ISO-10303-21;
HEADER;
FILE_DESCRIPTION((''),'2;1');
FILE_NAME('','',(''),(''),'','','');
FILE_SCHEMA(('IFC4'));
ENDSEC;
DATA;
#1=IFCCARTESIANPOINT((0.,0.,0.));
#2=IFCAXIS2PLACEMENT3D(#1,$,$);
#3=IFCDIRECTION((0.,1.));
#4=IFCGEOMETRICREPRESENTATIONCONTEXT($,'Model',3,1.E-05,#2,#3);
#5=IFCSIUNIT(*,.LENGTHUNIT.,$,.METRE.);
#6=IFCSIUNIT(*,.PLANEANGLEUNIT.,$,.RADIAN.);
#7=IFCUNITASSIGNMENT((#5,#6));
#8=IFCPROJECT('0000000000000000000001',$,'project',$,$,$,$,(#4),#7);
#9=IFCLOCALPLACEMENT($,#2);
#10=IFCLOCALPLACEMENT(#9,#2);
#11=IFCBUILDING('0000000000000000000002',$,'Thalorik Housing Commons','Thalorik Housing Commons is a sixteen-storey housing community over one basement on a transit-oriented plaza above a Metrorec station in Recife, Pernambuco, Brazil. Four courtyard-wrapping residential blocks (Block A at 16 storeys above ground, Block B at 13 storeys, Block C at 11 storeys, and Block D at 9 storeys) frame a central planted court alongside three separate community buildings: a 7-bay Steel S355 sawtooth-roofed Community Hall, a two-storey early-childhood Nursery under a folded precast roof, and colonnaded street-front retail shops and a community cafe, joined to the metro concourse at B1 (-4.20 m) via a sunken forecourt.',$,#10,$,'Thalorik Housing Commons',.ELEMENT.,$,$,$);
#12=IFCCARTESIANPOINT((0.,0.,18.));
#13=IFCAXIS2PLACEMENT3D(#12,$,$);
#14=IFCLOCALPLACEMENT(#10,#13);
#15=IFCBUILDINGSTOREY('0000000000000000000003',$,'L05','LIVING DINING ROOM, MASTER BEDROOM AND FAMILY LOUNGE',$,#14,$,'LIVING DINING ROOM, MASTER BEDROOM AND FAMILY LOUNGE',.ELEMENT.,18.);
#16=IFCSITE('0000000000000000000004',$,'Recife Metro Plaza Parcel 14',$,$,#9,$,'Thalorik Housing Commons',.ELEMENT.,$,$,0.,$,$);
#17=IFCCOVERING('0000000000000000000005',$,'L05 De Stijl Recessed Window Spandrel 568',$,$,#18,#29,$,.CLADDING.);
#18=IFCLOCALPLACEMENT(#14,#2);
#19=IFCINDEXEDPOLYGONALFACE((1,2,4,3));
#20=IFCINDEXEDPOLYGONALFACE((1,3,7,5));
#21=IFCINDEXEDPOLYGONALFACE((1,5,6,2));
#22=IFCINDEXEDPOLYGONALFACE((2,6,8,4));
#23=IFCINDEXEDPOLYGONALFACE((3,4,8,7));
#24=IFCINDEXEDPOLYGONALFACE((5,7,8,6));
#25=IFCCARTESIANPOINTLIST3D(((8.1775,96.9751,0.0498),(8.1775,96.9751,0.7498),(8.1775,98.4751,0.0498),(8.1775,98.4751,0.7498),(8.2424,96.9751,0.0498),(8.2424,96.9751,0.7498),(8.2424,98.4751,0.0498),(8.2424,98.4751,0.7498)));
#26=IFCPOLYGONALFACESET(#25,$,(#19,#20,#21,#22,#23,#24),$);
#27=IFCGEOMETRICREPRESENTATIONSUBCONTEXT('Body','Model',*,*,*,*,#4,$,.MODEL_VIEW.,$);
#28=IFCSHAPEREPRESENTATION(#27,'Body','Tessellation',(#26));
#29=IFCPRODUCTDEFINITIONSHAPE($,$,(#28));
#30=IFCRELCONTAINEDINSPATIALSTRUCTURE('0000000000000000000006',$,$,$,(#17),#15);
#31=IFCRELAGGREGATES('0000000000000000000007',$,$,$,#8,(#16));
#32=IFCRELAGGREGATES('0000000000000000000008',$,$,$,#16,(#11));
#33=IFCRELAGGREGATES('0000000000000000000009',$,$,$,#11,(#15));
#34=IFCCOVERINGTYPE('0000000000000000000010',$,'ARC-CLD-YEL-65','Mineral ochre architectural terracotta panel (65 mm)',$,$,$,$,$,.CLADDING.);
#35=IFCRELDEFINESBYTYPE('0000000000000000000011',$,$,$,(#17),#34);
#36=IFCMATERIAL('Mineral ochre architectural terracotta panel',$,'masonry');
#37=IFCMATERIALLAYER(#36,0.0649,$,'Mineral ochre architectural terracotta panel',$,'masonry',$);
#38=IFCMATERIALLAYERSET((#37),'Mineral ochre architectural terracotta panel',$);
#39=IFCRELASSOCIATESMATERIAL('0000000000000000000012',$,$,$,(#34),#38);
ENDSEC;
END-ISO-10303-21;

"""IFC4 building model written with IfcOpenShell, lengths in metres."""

from ifc_helpers import new_model, si_unit, direction, frame, origin, origin_2d, place, context, subcontext, project, spatial, rectangle, extrude, material, layer, layer_set, type_object, element, save


model = new_model("IFC4")

# Units and contexts
model_context = context("Model", 3, precision=1e-05, world=origin(), true_north=direction((0.0, 1.0)))
body_context = subcontext(model_context, "Body", "Model", "MODEL_VIEW")
ifc_project = project(units=[si_unit("LENGTHUNIT", "METRE"), si_unit("PLANEANGLEUNIT", "RADIAN")], contexts=[model_context])

# Site, building, storey
site_placement = place(None, origin())
site = spatial("IfcSite", under=ifc_project, at=site_placement, Name="Recife Metro Plaza Parcel 14", LongName="Thalorik Housing Commons", CompositionType="ELEMENT", RefElevation=0.0)
building_placement = place(site_placement, origin())
building = spatial("IfcBuilding", under=site, at=building_placement, Name="Thalorik Housing Commons", Description="Thalorik Housing Commons is a sixteen-storey housing community over one basement on a transit-oriented plaza above a Metrorec station in Recife, Pernambuco, Brazil. Four courtyard-wrapping residential blocks (Block A at 16 storeys above ground, Block B at 13 storeys, Block C at 11 storeys, and Block D at 9 storeys) frame a central planted court alongside three separate community buildings: a 7-bay Steel S355 sawtooth-roofed Community Hall, a two-storey early-childhood Nursery under a folded precast roof, and colonnaded street-front retail shops and a community cafe, joined to the metro concourse at B1 (-4.20 m) via a sunken forecourt.", LongName="Thalorik Housing Commons", CompositionType="ELEMENT")
storey_placement = place(building_placement, frame((0.0, 0.0, 18.0)))
storey = spatial("IfcBuildingStorey", under=building, at=storey_placement, Name="L05", Description="LIVING DINING ROOM, MASTER BEDROOM AND FAMILY LOUNGE", LongName="LIVING DINING ROOM, MASTER BEDROOM AND FAMILY LOUNGE", CompositionType="ELEMENT", Elevation=18.0)

# Covering
ifc_material_1 = material(Name="Mineral ochre architectural terracotta panel", Category="masonry")
ifc_layer_1 = layer(ifc_material_1, 0.0649, Name="Mineral ochre architectural terracotta panel", Category="masonry")
ifc_layer_set_1 = layer_set([ifc_layer_1], Name="Mineral ochre architectural terracotta panel")
covering_type_1 = type_object("IfcCoveringType", Name="ARC-CLD-YEL-65", Description="Mineral ochre architectural terracotta panel (65 mm)", PredefinedType="CLADDING", material=ifc_layer_set_1)
covering_1_placement = place(storey_placement, frame((8.21, 97.7251, 0.0498), z_axis=(0.0, 0.0, 1.0), x_axis=(0.0, -1.0, 0.0)))
element("IfcCovering", 1, at=covering_1_placement, inside=storey, type_object=covering_type_1, Name="L05 De Stijl Recessed Window Spandrel 568", PredefinedType="CLADDING", context=body_context, shape_type="SweptSolid", body=[
    extrude(rectangle(XDim=1.5, YDim=0.0649, at=origin_2d()), origin(), (0.0, 0.0, 1.0), 0.7),
])

save(model, "model.ifc")
